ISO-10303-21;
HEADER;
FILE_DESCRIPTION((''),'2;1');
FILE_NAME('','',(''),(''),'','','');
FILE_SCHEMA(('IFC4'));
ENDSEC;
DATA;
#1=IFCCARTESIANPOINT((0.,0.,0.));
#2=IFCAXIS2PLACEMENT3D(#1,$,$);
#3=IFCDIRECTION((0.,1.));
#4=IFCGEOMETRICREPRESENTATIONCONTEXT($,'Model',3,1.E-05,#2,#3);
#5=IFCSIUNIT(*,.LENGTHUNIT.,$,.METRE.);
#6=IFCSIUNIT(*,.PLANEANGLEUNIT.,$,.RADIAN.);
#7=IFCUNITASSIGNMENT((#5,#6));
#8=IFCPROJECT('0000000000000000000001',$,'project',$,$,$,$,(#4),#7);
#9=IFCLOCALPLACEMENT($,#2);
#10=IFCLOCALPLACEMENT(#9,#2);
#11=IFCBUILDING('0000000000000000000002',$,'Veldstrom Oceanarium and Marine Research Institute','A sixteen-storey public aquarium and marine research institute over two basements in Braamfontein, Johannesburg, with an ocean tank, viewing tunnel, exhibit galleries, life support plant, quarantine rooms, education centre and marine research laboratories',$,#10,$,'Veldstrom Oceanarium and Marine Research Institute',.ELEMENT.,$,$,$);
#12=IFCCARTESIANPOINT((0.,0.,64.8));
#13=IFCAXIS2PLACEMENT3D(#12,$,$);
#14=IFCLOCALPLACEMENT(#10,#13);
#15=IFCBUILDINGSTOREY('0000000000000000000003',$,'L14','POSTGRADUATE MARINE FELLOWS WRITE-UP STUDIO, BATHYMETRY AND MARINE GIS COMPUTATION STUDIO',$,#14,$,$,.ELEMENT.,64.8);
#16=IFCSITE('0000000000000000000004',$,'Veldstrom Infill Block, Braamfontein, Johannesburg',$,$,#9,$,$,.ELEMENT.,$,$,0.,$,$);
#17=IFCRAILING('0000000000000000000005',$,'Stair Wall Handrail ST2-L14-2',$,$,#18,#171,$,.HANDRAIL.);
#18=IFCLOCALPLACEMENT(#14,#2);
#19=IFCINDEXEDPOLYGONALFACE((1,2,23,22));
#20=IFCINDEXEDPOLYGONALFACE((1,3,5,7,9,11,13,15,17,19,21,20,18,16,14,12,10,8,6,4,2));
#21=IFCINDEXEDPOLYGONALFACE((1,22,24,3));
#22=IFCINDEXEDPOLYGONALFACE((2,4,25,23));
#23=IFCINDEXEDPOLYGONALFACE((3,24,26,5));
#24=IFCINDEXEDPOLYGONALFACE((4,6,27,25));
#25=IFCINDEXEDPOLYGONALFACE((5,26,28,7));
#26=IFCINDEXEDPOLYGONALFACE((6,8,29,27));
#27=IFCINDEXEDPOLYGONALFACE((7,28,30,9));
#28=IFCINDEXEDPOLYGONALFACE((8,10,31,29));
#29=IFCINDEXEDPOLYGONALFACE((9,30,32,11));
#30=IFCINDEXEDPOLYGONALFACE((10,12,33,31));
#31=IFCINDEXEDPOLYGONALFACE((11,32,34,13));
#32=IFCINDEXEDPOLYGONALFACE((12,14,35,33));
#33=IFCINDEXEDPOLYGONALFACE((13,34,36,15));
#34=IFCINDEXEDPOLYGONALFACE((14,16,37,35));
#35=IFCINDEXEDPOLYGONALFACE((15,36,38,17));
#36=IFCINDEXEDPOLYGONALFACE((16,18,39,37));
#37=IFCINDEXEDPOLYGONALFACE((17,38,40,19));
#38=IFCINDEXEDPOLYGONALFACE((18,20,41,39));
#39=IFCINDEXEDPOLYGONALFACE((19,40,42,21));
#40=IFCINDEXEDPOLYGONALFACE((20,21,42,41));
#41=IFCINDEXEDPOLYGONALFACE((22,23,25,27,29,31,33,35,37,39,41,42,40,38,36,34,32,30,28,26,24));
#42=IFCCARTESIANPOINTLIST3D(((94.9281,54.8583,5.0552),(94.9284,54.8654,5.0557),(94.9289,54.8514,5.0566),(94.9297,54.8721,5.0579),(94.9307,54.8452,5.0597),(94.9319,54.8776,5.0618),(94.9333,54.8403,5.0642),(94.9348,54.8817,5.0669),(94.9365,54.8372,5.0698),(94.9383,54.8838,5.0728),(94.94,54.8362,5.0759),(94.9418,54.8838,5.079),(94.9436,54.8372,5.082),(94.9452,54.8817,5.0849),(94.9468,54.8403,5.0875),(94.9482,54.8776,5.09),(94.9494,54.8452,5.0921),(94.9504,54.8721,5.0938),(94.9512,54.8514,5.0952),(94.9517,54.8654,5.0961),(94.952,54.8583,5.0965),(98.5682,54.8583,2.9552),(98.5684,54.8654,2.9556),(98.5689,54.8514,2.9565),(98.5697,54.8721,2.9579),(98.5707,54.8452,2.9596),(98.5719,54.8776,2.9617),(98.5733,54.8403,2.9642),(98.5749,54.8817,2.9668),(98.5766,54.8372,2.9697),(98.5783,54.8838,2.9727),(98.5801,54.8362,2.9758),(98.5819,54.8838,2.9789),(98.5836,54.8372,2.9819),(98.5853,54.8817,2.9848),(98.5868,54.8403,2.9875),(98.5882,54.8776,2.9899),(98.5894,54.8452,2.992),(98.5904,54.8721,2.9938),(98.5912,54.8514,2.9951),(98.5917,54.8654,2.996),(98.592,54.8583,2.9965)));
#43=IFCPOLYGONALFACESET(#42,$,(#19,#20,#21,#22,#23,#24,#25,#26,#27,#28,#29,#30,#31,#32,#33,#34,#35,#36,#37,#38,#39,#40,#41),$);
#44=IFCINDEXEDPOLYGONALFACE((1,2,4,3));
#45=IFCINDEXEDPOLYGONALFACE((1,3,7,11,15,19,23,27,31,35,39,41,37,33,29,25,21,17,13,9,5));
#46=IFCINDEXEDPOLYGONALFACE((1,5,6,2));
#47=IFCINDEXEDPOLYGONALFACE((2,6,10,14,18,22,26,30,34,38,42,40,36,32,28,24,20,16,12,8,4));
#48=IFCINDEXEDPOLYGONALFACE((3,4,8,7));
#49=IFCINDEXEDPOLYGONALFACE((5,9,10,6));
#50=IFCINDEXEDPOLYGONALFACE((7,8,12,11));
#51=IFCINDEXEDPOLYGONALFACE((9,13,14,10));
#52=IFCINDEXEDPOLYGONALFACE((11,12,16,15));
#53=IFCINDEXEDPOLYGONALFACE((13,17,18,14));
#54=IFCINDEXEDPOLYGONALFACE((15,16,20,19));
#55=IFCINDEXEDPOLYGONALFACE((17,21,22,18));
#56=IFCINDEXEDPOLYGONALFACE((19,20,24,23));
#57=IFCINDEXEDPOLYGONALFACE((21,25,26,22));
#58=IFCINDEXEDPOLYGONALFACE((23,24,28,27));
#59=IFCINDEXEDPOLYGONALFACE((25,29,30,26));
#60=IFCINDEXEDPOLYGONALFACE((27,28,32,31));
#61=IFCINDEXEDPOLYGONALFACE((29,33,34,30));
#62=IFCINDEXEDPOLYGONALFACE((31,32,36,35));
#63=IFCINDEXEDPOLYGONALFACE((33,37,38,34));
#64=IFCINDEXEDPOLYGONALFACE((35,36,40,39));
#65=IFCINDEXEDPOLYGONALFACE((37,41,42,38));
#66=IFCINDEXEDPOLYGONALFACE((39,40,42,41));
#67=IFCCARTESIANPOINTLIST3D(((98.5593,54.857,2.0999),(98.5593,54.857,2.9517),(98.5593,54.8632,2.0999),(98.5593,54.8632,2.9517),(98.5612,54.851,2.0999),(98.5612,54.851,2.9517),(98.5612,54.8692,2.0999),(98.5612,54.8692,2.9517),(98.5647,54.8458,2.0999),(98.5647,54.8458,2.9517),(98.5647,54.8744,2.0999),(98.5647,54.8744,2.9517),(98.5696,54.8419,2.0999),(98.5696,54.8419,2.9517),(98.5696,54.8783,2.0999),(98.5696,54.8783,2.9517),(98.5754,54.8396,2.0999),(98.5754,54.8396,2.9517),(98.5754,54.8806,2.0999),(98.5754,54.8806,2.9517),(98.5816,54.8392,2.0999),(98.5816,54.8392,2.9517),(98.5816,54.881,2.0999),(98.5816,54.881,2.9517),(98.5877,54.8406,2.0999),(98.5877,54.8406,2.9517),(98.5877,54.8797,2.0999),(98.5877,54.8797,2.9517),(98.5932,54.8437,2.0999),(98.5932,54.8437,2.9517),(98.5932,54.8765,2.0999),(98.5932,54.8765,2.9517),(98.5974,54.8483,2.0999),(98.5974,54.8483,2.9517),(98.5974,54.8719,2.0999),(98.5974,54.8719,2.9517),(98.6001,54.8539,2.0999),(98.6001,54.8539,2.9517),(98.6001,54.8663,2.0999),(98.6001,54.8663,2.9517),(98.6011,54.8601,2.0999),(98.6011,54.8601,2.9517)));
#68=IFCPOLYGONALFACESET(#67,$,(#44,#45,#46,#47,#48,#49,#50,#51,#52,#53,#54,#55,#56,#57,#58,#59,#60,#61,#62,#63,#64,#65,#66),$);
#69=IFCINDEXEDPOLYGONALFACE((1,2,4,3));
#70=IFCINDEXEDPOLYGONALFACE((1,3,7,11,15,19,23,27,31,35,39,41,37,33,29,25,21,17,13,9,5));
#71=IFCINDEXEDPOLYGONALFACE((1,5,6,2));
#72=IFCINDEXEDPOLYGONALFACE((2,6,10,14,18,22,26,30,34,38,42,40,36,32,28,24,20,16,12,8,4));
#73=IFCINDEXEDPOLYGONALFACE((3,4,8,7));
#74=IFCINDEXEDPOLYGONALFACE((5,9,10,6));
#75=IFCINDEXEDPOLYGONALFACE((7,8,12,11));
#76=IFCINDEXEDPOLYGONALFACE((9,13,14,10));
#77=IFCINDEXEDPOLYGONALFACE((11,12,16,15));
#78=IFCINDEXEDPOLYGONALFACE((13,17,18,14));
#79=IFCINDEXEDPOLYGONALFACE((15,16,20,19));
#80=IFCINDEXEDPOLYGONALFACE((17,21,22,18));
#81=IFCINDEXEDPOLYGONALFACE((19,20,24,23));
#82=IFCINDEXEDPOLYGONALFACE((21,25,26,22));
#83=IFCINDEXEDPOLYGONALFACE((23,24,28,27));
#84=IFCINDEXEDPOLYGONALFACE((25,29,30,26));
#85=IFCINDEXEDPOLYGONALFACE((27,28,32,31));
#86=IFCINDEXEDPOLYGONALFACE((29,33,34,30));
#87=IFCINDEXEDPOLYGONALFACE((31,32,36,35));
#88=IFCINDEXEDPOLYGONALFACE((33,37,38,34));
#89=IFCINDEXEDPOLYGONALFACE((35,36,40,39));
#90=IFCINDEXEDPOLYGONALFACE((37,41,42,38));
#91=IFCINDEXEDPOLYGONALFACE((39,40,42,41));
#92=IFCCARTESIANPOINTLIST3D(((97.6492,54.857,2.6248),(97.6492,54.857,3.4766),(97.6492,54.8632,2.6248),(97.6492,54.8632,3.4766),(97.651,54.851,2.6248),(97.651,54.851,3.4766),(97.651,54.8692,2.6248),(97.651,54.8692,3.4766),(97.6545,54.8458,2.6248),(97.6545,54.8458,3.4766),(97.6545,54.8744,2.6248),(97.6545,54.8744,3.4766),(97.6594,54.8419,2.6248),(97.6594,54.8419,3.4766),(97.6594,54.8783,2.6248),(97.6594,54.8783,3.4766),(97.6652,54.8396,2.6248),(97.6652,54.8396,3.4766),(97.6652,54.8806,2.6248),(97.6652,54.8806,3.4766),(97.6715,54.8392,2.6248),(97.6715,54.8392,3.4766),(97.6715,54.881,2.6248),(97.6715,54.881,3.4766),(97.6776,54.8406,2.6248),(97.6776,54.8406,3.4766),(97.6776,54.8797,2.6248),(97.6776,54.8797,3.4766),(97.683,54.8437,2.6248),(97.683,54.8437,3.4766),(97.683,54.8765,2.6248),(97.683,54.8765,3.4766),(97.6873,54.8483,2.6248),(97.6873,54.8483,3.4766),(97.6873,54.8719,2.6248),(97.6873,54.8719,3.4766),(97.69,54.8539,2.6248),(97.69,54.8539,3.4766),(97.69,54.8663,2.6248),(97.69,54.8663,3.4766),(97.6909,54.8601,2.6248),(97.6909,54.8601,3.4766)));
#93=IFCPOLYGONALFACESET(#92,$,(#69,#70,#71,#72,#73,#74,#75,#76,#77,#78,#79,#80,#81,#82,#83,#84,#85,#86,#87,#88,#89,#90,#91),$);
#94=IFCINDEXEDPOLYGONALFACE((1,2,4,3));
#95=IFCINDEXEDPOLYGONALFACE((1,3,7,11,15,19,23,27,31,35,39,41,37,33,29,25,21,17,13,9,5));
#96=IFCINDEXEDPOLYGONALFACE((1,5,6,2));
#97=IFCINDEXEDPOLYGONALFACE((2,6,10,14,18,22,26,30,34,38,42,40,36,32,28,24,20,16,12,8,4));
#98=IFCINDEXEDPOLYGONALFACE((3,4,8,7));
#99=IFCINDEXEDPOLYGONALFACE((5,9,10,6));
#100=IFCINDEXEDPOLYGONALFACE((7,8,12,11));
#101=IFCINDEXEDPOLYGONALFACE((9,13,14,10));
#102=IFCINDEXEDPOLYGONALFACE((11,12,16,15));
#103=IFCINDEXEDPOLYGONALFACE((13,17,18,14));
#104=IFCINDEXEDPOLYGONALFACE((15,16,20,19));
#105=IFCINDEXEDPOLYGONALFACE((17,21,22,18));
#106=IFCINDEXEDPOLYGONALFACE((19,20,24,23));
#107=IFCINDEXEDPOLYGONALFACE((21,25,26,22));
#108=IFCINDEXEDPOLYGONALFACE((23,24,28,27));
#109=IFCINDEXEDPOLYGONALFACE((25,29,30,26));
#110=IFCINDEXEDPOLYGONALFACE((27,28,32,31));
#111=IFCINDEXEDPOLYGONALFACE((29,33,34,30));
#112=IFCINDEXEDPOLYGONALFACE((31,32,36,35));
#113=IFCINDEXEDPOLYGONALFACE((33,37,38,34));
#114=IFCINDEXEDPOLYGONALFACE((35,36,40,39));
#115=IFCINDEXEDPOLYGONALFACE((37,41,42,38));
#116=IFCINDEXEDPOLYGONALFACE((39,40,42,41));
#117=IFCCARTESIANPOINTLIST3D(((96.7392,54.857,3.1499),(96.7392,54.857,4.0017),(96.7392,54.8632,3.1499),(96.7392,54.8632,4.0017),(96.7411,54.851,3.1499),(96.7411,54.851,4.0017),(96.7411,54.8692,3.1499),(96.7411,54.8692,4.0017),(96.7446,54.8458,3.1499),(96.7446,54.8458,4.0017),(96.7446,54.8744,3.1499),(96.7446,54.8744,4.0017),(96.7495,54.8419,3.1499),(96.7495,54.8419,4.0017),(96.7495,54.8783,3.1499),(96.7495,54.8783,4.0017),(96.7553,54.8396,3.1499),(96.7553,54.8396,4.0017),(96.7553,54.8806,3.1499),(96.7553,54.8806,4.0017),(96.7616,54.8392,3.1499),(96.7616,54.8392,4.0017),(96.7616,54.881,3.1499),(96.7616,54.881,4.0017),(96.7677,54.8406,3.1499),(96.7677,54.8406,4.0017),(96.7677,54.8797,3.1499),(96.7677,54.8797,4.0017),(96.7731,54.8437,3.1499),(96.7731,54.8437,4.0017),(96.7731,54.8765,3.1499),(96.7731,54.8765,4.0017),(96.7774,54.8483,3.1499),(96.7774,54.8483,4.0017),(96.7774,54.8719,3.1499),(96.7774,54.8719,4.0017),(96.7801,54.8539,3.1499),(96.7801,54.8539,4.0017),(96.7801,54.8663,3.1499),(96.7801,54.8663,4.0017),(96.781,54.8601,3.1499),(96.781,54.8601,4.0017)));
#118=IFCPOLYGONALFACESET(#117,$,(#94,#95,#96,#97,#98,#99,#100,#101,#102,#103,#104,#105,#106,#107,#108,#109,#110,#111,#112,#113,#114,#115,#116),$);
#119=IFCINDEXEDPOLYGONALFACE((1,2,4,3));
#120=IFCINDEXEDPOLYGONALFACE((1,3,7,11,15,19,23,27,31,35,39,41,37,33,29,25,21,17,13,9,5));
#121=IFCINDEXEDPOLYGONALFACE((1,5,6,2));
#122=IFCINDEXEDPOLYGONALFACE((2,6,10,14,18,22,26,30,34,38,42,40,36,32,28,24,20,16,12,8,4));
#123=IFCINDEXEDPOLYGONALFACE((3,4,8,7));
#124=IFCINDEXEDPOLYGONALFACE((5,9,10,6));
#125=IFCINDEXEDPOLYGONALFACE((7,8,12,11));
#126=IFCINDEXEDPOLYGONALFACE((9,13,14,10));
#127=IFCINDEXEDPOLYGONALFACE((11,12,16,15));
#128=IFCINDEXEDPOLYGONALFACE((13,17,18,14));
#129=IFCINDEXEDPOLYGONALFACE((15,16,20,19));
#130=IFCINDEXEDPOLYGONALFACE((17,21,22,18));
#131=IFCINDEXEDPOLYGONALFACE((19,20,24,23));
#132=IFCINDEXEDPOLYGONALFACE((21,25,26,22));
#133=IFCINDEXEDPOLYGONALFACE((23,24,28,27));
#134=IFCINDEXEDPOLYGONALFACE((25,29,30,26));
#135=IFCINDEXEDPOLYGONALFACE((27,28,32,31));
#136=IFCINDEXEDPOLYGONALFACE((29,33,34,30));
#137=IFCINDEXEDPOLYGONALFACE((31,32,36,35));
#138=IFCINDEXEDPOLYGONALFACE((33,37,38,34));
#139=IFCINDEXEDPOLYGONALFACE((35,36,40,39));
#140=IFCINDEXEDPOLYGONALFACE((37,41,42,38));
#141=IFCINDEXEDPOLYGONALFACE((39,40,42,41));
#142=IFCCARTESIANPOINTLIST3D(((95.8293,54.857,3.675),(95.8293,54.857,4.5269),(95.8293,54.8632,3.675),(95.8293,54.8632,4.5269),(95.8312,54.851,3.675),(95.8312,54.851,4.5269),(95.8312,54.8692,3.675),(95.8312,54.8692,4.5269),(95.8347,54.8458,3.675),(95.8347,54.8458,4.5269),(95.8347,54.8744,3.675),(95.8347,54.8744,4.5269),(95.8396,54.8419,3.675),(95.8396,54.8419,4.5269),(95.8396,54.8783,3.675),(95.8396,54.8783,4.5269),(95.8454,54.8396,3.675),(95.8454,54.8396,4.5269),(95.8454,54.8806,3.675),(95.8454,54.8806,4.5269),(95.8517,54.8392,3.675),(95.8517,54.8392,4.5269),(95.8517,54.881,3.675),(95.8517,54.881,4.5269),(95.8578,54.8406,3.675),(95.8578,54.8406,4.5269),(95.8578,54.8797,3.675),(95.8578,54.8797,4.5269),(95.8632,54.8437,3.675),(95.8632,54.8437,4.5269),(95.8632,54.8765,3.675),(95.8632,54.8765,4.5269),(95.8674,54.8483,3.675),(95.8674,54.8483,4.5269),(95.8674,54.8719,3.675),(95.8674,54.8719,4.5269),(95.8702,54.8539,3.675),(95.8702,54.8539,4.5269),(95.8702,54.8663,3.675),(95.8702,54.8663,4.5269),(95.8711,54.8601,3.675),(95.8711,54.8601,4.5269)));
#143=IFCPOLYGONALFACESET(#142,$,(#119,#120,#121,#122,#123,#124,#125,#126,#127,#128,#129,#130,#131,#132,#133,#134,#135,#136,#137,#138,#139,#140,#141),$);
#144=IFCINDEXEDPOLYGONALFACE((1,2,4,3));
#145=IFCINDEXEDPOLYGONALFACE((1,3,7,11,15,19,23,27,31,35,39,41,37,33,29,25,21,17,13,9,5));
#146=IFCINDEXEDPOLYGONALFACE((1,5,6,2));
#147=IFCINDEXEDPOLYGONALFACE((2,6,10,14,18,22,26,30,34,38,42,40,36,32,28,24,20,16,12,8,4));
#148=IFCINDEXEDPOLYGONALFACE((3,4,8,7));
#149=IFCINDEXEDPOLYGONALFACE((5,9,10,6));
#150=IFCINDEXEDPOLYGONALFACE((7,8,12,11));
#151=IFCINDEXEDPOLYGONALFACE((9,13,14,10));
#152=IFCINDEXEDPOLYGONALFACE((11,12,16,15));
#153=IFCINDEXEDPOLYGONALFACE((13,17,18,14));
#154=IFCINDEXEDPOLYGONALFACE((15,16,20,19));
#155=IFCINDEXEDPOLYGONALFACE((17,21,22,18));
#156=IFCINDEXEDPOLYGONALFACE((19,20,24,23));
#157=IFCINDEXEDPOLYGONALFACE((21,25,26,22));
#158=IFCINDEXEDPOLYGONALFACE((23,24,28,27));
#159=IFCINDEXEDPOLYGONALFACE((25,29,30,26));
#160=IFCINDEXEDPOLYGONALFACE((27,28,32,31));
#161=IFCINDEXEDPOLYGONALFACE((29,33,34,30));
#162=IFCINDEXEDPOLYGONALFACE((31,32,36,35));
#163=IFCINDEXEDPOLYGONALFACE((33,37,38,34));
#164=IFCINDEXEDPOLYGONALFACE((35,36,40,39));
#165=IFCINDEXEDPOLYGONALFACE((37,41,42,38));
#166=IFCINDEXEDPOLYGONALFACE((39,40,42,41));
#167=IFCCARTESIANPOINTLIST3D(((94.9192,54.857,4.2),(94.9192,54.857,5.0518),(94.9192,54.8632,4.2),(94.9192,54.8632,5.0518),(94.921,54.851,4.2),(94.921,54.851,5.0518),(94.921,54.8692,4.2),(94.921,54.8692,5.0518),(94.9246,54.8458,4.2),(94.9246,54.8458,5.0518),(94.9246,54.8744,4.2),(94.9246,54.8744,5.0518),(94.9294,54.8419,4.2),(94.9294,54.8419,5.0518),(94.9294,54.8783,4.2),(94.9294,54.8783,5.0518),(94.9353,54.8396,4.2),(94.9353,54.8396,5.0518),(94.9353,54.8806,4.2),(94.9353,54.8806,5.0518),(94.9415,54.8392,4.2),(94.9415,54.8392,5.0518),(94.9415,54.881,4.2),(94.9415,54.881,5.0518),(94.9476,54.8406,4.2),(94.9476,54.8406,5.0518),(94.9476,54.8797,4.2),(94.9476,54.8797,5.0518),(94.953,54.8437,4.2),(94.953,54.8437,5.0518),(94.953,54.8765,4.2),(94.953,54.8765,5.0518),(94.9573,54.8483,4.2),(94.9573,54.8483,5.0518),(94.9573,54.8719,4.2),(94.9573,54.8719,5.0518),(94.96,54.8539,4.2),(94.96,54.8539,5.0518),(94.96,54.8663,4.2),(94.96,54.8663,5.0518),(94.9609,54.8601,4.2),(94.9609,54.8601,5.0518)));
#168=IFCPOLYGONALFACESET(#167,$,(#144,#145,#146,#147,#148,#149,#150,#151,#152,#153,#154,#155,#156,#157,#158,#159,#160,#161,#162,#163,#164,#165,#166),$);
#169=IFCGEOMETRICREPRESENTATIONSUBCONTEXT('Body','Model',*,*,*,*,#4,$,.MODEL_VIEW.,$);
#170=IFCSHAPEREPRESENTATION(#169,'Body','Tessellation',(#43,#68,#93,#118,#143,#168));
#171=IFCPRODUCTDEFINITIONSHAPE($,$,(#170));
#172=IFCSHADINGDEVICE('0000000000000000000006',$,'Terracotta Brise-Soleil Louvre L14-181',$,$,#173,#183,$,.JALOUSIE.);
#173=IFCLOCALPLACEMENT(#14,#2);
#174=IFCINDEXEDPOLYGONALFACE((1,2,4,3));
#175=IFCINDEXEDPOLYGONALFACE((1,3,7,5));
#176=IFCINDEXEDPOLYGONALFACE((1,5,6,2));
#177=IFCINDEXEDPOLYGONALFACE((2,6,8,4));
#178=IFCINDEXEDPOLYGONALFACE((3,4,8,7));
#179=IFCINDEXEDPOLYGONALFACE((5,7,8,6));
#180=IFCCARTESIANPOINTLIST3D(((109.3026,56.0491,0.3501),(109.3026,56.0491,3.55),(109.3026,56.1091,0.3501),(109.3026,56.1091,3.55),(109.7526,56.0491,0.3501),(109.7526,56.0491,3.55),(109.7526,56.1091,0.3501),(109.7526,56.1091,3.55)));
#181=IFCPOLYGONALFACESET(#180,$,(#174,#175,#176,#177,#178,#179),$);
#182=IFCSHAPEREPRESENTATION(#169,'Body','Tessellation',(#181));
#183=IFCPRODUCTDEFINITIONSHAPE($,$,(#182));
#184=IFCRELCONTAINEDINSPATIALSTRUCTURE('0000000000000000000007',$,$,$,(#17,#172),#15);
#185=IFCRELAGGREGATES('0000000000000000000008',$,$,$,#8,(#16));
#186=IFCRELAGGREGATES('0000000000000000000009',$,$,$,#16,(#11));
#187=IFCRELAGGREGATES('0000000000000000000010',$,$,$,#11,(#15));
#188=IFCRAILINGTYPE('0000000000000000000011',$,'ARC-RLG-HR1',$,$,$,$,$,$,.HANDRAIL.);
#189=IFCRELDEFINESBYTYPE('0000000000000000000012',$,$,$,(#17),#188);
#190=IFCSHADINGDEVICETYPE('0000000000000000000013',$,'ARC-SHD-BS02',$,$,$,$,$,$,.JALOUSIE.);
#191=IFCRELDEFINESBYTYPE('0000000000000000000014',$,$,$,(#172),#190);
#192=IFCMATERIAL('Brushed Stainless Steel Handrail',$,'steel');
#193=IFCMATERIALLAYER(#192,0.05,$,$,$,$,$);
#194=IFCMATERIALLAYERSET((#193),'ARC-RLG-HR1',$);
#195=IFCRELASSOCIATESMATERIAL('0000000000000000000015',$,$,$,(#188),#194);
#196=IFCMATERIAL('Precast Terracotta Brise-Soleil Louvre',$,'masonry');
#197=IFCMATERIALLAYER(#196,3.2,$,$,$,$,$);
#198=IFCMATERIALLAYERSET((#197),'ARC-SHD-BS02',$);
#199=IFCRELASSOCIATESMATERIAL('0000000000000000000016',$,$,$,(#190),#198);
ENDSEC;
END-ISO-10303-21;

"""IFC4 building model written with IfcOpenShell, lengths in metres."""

from ifc_helpers import new_model, si_unit, direction, frame, origin, origin_2d, place, context, subcontext, project, spatial, rectangle, circle, extrude, material, layer, layer_set, type_object, element, save


model = new_model("IFC4")

# Units and contexts
model_context = context("Model", 3, precision=1e-05, world=origin(), true_north=direction((0.0, 1.0)))
body_context = subcontext(model_context, "Body", "Model", "MODEL_VIEW")
ifc_project = project(units=[si_unit("LENGTHUNIT", "METRE"), si_unit("PLANEANGLEUNIT", "RADIAN")], contexts=[model_context])

# Site, building, storey
site_placement = place(None, origin())
site = spatial("IfcSite", under=ifc_project, at=site_placement, Name="Veldstrom Infill Block, Braamfontein, Johannesburg", CompositionType="ELEMENT", RefElevation=0.0)
building_placement = place(site_placement, origin())
building = spatial("IfcBuilding", under=site, at=building_placement, Name="Veldstrom Oceanarium and Marine Research Institute", Description="A sixteen-storey public aquarium and marine research institute over two basements in Braamfontein, Johannesburg, with an ocean tank, viewing tunnel, exhibit galleries, life support plant, quarantine rooms, education centre and marine research laboratories", LongName="Veldstrom Oceanarium and Marine Research Institute", CompositionType="ELEMENT")
storey_placement = place(building_placement, frame((0.0, 0.0, 64.8)))
storey = spatial("IfcBuildingStorey", under=building, at=storey_placement, Name="L14", Description="POSTGRADUATE MARINE FELLOWS WRITE-UP STUDIO, BATHYMETRY AND MARINE GIS COMPUTATION STUDIO", CompositionType="ELEMENT", Elevation=64.8)

# Railing
ifc_material_1 = material(Name="Brushed Stainless Steel Handrail", Category="steel")
ifc_layer_1 = layer(ifc_material_1, 0.05)
ifc_layer_set_1 = layer_set([ifc_layer_1], Name="ARC-RLG-HR1")
railing_type_1 = type_object("IfcRailingType", Name="ARC-RLG-HR1", PredefinedType="HANDRAIL", material=ifc_layer_set_1)
railing_1_placement = place(storey_placement, frame((98.5801, 54.8601, 2.0999)))
element("IfcRailing", 1, at=railing_1_placement, inside=storey, type_object=railing_type_1, Name="Stair Wall Handrail ST2-L14-2", PredefinedType="HANDRAIL", context=body_context, shape_type="SweptSolid", body=[
    extrude(circle(Radius=0.0239, at=origin_2d()), frame((0.0, 0.0, 0.876), z_axis=(-0.866184, 0.0, 0.499726), x_axis=(0.0, -1.0, 0.0)), (0.0, 0.0, 1.0), 4.2024),
    extrude(circle(Radius=0.021, at=origin_2d()), origin(), (0.0, 0.0, 1.0), 0.8518),
    extrude(circle(Radius=0.021, at=origin_2d()), frame((-0.9102, 0.0, 0.5249)), (0.0, 0.0, 1.0), 0.8518),
    extrude(circle(Radius=0.021, at=origin_2d()), frame((-1.8201, 0.0, 1.05)), (0.0, 0.0, 1.0), 0.8518),
    extrude(circle(Radius=0.021, at=origin_2d()), frame((-2.73, 0.0, 1.5752)), (0.0, 0.0, 1.0), 0.8518),
    extrude(circle(Radius=0.021, at=origin_2d()), frame((-3.6401, 0.0, 2.1001)), (0.0, 0.0, 1.0), 0.8518),
])

# Shading device
ifc_material_2 = material(Name="Precast Terracotta Brise-Soleil Louvre", Category="masonry")
ifc_layer_2 = layer(ifc_material_2, 3.2)
ifc_layer_set_2 = layer_set([ifc_layer_2], Name="ARC-SHD-BS02")
shading_device_type = type_object("IfcShadingDeviceType", Name="ARC-SHD-BS02", PredefinedType="JALOUSIE", material=ifc_layer_set_2)
shading_device_placement = place(storey_placement, frame((109.5276, 56.0791, 0.3501), z_axis=(0.0, 0.0, 1.0), x_axis=(1.0, 0.0, 0.0)))
element("IfcShadingDevice", 2, at=shading_device_placement, inside=storey, type_object=shading_device_type, Name="Terracotta Brise-Soleil Louvre L14-181", PredefinedType="JALOUSIE", context=body_context, shape_type="SweptSolid", body=[
    extrude(rectangle(XDim=0.45, YDim=0.0601, at=origin_2d()), origin(), (0.0, 0.0, 1.0), 3.2),
])

save(model, "model.ifc")
